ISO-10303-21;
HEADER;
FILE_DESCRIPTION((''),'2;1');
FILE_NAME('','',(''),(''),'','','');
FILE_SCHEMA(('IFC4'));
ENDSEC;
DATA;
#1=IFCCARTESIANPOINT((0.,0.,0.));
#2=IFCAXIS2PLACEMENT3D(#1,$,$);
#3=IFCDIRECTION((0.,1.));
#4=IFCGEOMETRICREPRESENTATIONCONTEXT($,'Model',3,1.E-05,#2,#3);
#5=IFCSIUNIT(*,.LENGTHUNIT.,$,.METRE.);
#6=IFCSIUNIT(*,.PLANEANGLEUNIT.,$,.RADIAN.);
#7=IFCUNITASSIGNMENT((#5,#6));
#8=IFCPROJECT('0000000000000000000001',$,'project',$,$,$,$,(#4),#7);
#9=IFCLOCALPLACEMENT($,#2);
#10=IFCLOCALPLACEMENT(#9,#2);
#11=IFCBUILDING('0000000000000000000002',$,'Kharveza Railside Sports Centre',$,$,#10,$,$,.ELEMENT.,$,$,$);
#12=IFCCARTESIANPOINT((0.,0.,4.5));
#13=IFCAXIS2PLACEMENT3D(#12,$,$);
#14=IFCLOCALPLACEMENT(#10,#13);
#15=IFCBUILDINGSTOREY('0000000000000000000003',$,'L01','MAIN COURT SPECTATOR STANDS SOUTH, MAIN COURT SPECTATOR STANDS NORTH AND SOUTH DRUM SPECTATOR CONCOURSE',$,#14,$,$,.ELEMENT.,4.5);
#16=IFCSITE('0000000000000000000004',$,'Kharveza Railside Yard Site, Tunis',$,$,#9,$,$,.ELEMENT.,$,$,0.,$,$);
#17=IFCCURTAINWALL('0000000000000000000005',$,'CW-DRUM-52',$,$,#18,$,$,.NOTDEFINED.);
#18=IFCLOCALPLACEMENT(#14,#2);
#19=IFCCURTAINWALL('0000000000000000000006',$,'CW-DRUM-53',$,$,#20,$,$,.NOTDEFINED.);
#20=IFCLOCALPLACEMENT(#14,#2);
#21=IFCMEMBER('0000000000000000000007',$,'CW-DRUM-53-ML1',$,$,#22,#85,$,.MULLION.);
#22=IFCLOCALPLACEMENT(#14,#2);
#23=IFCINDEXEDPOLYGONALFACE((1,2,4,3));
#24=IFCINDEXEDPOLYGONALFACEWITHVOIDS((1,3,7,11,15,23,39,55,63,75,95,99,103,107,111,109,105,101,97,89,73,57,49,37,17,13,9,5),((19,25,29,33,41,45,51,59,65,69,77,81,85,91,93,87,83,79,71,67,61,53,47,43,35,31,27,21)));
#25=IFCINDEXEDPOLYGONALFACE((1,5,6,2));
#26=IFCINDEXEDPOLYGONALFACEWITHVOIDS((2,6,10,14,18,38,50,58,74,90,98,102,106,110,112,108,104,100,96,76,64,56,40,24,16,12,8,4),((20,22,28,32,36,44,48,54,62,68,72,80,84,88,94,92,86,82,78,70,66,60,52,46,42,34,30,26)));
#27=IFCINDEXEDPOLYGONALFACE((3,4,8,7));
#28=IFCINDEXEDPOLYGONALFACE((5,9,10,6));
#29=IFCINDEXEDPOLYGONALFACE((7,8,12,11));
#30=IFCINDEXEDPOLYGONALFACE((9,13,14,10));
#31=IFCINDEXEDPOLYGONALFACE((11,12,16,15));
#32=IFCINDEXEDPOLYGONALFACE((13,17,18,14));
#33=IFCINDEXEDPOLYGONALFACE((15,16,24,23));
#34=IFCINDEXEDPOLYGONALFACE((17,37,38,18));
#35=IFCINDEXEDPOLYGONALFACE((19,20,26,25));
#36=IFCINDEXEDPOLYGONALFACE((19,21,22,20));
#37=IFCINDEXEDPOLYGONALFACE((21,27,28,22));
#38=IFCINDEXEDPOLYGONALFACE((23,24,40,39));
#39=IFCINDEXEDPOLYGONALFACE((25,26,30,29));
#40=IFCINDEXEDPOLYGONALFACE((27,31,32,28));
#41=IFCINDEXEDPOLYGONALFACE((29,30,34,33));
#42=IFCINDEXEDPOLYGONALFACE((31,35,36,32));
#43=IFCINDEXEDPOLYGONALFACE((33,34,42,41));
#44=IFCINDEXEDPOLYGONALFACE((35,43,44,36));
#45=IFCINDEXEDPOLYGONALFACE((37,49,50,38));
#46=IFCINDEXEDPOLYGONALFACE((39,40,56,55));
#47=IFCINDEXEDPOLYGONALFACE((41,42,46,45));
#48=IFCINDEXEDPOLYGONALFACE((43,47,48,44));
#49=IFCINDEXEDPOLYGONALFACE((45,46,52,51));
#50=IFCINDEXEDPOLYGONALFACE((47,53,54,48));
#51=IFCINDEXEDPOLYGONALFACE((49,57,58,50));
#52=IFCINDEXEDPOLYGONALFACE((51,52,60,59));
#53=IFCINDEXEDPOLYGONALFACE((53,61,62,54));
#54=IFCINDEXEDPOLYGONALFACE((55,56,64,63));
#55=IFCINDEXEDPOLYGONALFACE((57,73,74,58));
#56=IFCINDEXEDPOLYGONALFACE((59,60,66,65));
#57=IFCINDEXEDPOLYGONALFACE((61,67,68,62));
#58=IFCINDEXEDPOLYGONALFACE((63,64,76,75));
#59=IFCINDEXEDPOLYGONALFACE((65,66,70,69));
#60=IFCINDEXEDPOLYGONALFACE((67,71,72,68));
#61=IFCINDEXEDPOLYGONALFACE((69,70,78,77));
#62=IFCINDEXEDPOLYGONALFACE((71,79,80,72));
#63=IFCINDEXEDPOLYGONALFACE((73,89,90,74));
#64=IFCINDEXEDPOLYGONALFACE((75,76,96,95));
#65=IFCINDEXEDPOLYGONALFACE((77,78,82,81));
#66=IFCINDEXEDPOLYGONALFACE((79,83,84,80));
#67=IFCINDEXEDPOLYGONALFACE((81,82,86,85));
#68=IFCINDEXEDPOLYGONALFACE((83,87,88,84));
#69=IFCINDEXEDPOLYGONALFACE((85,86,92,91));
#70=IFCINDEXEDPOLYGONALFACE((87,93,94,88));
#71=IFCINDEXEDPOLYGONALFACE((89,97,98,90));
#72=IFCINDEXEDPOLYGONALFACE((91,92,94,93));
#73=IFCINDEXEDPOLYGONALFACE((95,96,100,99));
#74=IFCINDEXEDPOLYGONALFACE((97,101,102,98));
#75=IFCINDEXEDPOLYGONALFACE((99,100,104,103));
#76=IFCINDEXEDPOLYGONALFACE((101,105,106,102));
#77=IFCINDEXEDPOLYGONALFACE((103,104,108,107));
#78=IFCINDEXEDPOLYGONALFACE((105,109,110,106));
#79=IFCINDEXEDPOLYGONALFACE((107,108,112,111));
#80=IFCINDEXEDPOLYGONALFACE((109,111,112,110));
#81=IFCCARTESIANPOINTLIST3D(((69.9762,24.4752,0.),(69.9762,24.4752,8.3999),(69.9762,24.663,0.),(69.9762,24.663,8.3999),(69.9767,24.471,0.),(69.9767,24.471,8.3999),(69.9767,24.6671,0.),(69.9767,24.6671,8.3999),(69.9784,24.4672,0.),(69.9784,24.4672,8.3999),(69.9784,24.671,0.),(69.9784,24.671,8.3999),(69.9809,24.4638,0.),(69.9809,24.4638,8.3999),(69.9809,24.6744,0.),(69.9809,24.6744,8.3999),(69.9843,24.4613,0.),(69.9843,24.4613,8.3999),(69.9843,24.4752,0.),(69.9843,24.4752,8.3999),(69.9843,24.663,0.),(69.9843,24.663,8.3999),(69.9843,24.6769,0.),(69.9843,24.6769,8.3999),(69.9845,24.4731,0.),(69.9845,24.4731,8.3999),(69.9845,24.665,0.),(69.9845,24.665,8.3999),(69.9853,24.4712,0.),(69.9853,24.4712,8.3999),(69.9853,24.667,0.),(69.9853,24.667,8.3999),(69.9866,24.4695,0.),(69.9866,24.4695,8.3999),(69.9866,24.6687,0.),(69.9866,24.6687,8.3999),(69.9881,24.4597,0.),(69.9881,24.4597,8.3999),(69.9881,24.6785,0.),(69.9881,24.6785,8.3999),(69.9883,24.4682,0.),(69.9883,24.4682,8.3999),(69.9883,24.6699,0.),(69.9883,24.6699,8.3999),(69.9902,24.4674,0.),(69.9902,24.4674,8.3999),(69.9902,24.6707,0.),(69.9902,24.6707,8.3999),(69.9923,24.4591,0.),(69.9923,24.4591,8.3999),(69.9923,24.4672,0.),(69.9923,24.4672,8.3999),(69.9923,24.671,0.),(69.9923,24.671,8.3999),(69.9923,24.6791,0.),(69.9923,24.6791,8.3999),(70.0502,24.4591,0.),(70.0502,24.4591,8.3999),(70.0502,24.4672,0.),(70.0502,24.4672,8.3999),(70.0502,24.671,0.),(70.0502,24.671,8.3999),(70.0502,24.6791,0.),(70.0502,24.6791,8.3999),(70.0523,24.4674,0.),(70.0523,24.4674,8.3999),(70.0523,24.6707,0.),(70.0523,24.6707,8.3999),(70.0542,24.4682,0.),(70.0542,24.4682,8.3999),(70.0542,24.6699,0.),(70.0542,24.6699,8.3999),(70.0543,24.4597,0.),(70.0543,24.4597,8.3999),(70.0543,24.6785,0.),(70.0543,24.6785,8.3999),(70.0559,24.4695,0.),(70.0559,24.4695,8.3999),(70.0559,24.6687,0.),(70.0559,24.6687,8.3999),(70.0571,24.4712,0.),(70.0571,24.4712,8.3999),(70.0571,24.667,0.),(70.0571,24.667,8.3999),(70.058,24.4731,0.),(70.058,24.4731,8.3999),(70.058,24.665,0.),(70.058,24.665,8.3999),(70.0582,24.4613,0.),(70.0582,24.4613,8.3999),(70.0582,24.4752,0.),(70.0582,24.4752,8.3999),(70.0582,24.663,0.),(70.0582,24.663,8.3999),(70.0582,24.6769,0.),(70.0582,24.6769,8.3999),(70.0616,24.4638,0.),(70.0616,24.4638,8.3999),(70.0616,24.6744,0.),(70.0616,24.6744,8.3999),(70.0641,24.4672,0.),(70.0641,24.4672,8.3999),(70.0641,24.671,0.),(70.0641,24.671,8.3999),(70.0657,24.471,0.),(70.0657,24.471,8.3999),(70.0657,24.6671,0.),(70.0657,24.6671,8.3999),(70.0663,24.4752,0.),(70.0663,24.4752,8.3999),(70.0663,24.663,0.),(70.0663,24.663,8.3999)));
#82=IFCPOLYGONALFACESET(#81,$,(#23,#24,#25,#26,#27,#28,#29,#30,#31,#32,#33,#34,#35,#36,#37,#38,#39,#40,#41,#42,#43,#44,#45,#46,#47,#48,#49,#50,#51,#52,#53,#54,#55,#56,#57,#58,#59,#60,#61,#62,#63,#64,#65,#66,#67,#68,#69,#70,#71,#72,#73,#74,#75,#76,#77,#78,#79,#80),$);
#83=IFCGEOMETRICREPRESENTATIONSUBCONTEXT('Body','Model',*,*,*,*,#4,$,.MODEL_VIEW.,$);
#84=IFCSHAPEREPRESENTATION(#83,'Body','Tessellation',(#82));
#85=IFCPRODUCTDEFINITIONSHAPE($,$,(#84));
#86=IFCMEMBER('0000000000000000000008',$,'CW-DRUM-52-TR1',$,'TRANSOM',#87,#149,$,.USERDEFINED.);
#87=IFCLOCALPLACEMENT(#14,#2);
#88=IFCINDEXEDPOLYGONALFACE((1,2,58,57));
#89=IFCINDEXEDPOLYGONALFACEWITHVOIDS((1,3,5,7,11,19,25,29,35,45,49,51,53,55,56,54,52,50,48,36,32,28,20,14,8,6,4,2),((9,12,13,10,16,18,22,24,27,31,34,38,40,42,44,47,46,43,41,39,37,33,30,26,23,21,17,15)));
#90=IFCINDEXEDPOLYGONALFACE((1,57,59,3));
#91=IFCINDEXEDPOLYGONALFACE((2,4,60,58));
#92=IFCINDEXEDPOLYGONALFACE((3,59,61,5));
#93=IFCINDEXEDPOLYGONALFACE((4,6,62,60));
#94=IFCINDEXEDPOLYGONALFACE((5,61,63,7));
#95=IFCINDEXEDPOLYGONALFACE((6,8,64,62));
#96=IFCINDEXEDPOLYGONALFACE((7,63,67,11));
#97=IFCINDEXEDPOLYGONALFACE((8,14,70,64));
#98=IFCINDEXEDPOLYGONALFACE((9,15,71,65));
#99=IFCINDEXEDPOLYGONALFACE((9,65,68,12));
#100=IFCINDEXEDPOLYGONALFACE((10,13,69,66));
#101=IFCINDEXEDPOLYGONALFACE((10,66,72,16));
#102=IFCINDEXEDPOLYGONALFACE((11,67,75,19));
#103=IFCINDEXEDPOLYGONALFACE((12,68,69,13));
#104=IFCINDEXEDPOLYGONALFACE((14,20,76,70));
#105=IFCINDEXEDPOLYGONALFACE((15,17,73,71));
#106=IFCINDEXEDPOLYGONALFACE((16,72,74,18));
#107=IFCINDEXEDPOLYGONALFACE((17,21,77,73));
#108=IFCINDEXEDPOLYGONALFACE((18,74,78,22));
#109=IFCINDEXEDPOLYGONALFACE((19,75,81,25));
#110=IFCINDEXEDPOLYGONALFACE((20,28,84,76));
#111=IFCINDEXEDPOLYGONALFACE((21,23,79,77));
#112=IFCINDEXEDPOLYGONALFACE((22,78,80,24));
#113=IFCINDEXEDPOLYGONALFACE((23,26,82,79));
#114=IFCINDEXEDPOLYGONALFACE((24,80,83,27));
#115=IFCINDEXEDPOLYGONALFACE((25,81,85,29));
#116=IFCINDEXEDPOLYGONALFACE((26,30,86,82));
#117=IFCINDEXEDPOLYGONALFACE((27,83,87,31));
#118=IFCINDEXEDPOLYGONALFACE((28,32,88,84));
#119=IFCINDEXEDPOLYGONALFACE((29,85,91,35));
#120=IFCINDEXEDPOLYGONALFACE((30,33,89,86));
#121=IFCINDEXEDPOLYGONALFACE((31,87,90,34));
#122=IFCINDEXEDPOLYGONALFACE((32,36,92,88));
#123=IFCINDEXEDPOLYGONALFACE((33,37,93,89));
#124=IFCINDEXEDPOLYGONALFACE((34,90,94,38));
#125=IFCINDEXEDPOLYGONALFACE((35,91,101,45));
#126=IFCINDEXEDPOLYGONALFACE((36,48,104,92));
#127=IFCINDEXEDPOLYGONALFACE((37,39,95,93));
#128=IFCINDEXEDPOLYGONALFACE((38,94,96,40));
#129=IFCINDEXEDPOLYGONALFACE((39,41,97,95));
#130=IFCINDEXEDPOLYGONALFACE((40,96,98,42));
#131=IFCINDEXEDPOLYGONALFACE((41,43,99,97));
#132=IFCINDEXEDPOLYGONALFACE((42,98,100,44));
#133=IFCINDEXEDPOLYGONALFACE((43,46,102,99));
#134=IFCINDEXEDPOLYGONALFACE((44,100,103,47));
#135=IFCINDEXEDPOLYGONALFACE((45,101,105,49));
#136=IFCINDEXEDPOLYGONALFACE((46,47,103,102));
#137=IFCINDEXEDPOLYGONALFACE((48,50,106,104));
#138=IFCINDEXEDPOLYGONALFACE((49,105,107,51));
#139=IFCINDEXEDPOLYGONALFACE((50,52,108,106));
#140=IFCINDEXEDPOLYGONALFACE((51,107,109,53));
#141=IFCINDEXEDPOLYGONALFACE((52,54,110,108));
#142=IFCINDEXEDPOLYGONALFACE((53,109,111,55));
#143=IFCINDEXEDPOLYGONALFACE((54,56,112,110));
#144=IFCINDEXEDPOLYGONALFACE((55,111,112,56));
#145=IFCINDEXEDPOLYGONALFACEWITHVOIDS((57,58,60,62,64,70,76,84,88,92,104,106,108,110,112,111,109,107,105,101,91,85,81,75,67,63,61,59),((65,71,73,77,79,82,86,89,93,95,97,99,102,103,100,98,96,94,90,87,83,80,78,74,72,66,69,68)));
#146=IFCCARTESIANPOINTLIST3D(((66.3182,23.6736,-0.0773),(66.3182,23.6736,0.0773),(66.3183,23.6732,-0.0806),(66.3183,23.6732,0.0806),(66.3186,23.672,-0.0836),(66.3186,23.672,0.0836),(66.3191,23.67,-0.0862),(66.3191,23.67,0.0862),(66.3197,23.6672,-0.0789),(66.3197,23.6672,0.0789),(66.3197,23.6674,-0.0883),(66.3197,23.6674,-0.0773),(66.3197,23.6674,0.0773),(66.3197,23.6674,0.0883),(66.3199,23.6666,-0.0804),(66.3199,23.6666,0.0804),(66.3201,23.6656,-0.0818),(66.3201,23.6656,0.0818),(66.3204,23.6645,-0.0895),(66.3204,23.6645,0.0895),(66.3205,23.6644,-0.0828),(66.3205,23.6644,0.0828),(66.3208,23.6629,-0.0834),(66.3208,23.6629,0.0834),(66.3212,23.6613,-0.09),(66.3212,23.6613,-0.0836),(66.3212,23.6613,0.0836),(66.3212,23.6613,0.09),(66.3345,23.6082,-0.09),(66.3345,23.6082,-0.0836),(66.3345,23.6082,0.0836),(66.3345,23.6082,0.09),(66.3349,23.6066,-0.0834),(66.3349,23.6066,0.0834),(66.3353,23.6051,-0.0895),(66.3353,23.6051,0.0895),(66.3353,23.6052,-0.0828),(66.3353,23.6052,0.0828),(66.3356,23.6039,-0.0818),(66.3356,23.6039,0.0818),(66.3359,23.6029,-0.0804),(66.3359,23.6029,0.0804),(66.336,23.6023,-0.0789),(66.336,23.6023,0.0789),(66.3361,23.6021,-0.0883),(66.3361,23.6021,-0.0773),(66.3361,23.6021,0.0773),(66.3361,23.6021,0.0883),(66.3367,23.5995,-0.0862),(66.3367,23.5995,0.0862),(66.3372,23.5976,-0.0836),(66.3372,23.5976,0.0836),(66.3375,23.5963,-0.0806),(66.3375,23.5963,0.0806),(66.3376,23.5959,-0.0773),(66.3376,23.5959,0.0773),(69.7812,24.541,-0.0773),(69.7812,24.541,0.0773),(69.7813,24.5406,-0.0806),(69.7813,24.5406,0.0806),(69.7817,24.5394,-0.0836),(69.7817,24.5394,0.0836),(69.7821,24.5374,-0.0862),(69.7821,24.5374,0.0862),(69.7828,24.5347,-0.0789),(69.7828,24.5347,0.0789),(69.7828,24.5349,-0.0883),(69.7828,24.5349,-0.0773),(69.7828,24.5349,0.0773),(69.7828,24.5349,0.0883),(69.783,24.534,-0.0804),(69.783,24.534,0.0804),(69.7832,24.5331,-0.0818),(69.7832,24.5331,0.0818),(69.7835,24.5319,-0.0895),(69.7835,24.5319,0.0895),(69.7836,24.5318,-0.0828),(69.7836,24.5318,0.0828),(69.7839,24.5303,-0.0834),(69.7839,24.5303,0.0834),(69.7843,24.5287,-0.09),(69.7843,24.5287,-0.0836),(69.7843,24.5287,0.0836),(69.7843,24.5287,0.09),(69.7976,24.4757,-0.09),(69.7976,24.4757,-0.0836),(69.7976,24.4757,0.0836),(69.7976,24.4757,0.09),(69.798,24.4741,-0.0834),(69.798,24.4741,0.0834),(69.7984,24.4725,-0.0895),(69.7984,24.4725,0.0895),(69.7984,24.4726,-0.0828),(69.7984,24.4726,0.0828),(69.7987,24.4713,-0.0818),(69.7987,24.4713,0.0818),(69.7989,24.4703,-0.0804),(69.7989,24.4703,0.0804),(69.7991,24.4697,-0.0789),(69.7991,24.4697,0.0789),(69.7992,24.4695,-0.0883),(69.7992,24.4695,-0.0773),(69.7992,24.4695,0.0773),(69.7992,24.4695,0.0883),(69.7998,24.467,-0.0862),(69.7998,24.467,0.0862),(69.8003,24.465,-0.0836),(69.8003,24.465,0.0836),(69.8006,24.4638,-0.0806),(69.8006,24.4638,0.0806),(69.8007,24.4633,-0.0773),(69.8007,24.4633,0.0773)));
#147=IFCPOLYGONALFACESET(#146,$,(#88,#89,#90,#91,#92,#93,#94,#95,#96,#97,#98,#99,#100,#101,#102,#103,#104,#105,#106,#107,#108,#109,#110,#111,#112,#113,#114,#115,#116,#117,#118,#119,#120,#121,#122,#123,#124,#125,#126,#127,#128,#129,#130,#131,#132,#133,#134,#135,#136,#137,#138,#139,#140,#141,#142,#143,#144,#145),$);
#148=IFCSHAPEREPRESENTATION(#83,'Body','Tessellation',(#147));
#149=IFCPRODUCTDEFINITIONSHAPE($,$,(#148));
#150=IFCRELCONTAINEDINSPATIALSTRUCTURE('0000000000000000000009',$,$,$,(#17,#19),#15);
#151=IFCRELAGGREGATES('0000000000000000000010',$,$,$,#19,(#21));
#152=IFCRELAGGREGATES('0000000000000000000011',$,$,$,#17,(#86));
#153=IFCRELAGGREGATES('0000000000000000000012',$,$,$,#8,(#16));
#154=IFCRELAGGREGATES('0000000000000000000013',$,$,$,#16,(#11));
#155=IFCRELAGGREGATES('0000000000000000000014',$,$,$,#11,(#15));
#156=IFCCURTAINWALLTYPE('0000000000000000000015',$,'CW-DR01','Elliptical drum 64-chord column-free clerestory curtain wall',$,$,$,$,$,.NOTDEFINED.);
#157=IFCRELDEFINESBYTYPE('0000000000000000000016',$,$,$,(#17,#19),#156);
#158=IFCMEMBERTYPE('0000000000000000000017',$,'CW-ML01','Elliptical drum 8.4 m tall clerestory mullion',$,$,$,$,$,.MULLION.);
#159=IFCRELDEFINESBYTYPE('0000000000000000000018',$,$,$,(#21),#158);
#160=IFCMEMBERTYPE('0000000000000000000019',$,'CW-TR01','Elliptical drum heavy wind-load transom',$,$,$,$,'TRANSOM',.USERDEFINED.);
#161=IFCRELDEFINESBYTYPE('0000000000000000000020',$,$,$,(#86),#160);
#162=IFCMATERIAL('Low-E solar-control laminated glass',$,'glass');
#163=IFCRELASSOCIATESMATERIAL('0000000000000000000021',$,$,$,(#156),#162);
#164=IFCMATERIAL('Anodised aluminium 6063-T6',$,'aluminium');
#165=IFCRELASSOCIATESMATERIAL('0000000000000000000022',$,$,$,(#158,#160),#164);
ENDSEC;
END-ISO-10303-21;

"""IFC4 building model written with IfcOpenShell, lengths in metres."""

from ifc_helpers import new_model, si_unit, direction, frame, origin, origin_2d, place, context, subcontext, project, spatial, hollow_rectangle, extrude, material, material_profile, profile_set, type_object, element, aggregate, save


model = new_model("IFC4")

# Units and contexts
model_context = context("Model", 3, precision=1e-05, world=origin(), true_north=direction((0.0, 1.0)))
body_context = subcontext(model_context, "Body", "Model", "MODEL_VIEW")
ifc_project = project(units=[si_unit("LENGTHUNIT", "METRE"), si_unit("PLANEANGLEUNIT", "RADIAN")], contexts=[model_context])

# Site, building, storey
site_placement = place(None, origin())
site = spatial("IfcSite", under=ifc_project, at=site_placement, Name="Kharveza Railside Yard Site, Tunis", CompositionType="ELEMENT", RefElevation=0.0)
building_placement = place(site_placement, origin())
building = spatial("IfcBuilding", under=site, at=building_placement, Name="Kharveza Railside Sports Centre", CompositionType="ELEMENT")
storey_placement = place(building_placement, frame((0.0, 0.0, 4.5)))
storey = spatial("IfcBuildingStorey", under=building, at=storey_placement, Name="L01", Description="MAIN COURT SPECTATOR STANDS SOUTH, MAIN COURT SPECTATOR STANDS NORTH AND SOUTH DRUM SPECTATOR CONCOURSE", CompositionType="ELEMENT", Elevation=4.5)

# Curtain wall
ifc_material_1 = material(Name="Low-E solar-control laminated glass", Category="glass")
curtain_wall_type = type_object("IfcCurtainWallType", Name="CW-DR01", Description="Elliptical drum 64-chord column-free clerestory curtain wall", PredefinedType="NOTDEFINED", material=ifc_material_1)
ifc_material_2 = material(Name="Anodised aluminium 6063-T6", Category="aluminium")
ifc_material_profile_1 = material_profile(ifc_material_2, hollow_rectangle(XDim=0.0901, YDim=0.22, WallThickness=0.0081, InnerFilletRadius=0.0081, OuterFilletRadius=0.0161, at=origin_2d()), Name="RHS 90x220x8.0")
ifc_profile_set_1 = profile_set([ifc_material_profile_1], Name="Anodised aluminium 6063-T6")
member_type_1 = type_object("IfcMemberType", Name="CW-ML01", Description="Elliptical drum 8.4 m tall clerestory mullion", PredefinedType="MULLION", material=ifc_profile_set_1)
curtain_wall_1_placement = place(storey_placement, origin())
curtain_wall_1 = element("IfcCurtainWall", 1, at=curtain_wall_1_placement, inside=storey, type_object=curtain_wall_type, Name="CW-DRUM-52", PredefinedType="NOTDEFINED")

# Curtain wall, member
curtain_wall_2_placement = place(storey_placement, origin())
curtain_wall_2 = element("IfcCurtainWall", 2, at=curtain_wall_2_placement, inside=storey, type_object=curtain_wall_type, Name="CW-DRUM-53", PredefinedType="NOTDEFINED")
member_1_placement = place(storey_placement, frame((70.0212, 24.5691, 0.0), z_axis=(0.0, 0.0, 1.0), x_axis=(1.0, 0.0, 0.0)))
member_1 = element("IfcMember", 3, at=member_1_placement, type_object=member_type_1, Name="CW-DRUM-53-ML1", PredefinedType="MULLION", context=body_context, shape_type="SweptSolid", body=[
    extrude(hollow_rectangle(XDim=0.0901, YDim=0.22, WallThickness=0.0081, InnerFilletRadius=0.0081, OuterFilletRadius=0.0161, at=origin_2d()), origin(), (0.0, 0.0, 1.0), 8.3999),
])

# Member
ifc_material_profile_2 = material_profile(ifc_material_2, hollow_rectangle(XDim=0.0801, YDim=0.1799, WallThickness=0.0063, InnerFilletRadius=0.0063, OuterFilletRadius=0.0127, at=origin_2d()), Name="RHS 80x180x6.3")
ifc_profile_set_2 = profile_set([ifc_material_profile_2], Name="Anodised aluminium 6063-T6")
member_type_2 = type_object("IfcMemberType", Name="CW-TR01", Description="Elliptical drum heavy wind-load transom", ElementType="TRANSOM", PredefinedType="USERDEFINED", material=ifc_profile_set_2)
member_2_placement = place(storey_placement, frame((66.3279, 23.6348, 0.0), z_axis=(0.970034, 0.24297, 0.0), x_axis=(-0.24297, 0.970034, 0.0)))
member_2 = element("IfcMember", 4, at=member_2_placement, type_object=member_type_2, Name="CW-DRUM-52-TR1", ObjectType="TRANSOM", PredefinedType="USERDEFINED", context=body_context, shape_type="SweptSolid", body=[
    extrude(hollow_rectangle(XDim=0.0801, YDim=0.1799, WallThickness=0.0063, InnerFilletRadius=0.0063, OuterFilletRadius=0.0127, at=origin_2d()), origin(), (0.0, 0.0, 1.0), 3.5701),
])
aggregate(curtain_wall_2, [member_1])

aggregate(curtain_wall_1, [member_2])

save(model, "model.ifc")
